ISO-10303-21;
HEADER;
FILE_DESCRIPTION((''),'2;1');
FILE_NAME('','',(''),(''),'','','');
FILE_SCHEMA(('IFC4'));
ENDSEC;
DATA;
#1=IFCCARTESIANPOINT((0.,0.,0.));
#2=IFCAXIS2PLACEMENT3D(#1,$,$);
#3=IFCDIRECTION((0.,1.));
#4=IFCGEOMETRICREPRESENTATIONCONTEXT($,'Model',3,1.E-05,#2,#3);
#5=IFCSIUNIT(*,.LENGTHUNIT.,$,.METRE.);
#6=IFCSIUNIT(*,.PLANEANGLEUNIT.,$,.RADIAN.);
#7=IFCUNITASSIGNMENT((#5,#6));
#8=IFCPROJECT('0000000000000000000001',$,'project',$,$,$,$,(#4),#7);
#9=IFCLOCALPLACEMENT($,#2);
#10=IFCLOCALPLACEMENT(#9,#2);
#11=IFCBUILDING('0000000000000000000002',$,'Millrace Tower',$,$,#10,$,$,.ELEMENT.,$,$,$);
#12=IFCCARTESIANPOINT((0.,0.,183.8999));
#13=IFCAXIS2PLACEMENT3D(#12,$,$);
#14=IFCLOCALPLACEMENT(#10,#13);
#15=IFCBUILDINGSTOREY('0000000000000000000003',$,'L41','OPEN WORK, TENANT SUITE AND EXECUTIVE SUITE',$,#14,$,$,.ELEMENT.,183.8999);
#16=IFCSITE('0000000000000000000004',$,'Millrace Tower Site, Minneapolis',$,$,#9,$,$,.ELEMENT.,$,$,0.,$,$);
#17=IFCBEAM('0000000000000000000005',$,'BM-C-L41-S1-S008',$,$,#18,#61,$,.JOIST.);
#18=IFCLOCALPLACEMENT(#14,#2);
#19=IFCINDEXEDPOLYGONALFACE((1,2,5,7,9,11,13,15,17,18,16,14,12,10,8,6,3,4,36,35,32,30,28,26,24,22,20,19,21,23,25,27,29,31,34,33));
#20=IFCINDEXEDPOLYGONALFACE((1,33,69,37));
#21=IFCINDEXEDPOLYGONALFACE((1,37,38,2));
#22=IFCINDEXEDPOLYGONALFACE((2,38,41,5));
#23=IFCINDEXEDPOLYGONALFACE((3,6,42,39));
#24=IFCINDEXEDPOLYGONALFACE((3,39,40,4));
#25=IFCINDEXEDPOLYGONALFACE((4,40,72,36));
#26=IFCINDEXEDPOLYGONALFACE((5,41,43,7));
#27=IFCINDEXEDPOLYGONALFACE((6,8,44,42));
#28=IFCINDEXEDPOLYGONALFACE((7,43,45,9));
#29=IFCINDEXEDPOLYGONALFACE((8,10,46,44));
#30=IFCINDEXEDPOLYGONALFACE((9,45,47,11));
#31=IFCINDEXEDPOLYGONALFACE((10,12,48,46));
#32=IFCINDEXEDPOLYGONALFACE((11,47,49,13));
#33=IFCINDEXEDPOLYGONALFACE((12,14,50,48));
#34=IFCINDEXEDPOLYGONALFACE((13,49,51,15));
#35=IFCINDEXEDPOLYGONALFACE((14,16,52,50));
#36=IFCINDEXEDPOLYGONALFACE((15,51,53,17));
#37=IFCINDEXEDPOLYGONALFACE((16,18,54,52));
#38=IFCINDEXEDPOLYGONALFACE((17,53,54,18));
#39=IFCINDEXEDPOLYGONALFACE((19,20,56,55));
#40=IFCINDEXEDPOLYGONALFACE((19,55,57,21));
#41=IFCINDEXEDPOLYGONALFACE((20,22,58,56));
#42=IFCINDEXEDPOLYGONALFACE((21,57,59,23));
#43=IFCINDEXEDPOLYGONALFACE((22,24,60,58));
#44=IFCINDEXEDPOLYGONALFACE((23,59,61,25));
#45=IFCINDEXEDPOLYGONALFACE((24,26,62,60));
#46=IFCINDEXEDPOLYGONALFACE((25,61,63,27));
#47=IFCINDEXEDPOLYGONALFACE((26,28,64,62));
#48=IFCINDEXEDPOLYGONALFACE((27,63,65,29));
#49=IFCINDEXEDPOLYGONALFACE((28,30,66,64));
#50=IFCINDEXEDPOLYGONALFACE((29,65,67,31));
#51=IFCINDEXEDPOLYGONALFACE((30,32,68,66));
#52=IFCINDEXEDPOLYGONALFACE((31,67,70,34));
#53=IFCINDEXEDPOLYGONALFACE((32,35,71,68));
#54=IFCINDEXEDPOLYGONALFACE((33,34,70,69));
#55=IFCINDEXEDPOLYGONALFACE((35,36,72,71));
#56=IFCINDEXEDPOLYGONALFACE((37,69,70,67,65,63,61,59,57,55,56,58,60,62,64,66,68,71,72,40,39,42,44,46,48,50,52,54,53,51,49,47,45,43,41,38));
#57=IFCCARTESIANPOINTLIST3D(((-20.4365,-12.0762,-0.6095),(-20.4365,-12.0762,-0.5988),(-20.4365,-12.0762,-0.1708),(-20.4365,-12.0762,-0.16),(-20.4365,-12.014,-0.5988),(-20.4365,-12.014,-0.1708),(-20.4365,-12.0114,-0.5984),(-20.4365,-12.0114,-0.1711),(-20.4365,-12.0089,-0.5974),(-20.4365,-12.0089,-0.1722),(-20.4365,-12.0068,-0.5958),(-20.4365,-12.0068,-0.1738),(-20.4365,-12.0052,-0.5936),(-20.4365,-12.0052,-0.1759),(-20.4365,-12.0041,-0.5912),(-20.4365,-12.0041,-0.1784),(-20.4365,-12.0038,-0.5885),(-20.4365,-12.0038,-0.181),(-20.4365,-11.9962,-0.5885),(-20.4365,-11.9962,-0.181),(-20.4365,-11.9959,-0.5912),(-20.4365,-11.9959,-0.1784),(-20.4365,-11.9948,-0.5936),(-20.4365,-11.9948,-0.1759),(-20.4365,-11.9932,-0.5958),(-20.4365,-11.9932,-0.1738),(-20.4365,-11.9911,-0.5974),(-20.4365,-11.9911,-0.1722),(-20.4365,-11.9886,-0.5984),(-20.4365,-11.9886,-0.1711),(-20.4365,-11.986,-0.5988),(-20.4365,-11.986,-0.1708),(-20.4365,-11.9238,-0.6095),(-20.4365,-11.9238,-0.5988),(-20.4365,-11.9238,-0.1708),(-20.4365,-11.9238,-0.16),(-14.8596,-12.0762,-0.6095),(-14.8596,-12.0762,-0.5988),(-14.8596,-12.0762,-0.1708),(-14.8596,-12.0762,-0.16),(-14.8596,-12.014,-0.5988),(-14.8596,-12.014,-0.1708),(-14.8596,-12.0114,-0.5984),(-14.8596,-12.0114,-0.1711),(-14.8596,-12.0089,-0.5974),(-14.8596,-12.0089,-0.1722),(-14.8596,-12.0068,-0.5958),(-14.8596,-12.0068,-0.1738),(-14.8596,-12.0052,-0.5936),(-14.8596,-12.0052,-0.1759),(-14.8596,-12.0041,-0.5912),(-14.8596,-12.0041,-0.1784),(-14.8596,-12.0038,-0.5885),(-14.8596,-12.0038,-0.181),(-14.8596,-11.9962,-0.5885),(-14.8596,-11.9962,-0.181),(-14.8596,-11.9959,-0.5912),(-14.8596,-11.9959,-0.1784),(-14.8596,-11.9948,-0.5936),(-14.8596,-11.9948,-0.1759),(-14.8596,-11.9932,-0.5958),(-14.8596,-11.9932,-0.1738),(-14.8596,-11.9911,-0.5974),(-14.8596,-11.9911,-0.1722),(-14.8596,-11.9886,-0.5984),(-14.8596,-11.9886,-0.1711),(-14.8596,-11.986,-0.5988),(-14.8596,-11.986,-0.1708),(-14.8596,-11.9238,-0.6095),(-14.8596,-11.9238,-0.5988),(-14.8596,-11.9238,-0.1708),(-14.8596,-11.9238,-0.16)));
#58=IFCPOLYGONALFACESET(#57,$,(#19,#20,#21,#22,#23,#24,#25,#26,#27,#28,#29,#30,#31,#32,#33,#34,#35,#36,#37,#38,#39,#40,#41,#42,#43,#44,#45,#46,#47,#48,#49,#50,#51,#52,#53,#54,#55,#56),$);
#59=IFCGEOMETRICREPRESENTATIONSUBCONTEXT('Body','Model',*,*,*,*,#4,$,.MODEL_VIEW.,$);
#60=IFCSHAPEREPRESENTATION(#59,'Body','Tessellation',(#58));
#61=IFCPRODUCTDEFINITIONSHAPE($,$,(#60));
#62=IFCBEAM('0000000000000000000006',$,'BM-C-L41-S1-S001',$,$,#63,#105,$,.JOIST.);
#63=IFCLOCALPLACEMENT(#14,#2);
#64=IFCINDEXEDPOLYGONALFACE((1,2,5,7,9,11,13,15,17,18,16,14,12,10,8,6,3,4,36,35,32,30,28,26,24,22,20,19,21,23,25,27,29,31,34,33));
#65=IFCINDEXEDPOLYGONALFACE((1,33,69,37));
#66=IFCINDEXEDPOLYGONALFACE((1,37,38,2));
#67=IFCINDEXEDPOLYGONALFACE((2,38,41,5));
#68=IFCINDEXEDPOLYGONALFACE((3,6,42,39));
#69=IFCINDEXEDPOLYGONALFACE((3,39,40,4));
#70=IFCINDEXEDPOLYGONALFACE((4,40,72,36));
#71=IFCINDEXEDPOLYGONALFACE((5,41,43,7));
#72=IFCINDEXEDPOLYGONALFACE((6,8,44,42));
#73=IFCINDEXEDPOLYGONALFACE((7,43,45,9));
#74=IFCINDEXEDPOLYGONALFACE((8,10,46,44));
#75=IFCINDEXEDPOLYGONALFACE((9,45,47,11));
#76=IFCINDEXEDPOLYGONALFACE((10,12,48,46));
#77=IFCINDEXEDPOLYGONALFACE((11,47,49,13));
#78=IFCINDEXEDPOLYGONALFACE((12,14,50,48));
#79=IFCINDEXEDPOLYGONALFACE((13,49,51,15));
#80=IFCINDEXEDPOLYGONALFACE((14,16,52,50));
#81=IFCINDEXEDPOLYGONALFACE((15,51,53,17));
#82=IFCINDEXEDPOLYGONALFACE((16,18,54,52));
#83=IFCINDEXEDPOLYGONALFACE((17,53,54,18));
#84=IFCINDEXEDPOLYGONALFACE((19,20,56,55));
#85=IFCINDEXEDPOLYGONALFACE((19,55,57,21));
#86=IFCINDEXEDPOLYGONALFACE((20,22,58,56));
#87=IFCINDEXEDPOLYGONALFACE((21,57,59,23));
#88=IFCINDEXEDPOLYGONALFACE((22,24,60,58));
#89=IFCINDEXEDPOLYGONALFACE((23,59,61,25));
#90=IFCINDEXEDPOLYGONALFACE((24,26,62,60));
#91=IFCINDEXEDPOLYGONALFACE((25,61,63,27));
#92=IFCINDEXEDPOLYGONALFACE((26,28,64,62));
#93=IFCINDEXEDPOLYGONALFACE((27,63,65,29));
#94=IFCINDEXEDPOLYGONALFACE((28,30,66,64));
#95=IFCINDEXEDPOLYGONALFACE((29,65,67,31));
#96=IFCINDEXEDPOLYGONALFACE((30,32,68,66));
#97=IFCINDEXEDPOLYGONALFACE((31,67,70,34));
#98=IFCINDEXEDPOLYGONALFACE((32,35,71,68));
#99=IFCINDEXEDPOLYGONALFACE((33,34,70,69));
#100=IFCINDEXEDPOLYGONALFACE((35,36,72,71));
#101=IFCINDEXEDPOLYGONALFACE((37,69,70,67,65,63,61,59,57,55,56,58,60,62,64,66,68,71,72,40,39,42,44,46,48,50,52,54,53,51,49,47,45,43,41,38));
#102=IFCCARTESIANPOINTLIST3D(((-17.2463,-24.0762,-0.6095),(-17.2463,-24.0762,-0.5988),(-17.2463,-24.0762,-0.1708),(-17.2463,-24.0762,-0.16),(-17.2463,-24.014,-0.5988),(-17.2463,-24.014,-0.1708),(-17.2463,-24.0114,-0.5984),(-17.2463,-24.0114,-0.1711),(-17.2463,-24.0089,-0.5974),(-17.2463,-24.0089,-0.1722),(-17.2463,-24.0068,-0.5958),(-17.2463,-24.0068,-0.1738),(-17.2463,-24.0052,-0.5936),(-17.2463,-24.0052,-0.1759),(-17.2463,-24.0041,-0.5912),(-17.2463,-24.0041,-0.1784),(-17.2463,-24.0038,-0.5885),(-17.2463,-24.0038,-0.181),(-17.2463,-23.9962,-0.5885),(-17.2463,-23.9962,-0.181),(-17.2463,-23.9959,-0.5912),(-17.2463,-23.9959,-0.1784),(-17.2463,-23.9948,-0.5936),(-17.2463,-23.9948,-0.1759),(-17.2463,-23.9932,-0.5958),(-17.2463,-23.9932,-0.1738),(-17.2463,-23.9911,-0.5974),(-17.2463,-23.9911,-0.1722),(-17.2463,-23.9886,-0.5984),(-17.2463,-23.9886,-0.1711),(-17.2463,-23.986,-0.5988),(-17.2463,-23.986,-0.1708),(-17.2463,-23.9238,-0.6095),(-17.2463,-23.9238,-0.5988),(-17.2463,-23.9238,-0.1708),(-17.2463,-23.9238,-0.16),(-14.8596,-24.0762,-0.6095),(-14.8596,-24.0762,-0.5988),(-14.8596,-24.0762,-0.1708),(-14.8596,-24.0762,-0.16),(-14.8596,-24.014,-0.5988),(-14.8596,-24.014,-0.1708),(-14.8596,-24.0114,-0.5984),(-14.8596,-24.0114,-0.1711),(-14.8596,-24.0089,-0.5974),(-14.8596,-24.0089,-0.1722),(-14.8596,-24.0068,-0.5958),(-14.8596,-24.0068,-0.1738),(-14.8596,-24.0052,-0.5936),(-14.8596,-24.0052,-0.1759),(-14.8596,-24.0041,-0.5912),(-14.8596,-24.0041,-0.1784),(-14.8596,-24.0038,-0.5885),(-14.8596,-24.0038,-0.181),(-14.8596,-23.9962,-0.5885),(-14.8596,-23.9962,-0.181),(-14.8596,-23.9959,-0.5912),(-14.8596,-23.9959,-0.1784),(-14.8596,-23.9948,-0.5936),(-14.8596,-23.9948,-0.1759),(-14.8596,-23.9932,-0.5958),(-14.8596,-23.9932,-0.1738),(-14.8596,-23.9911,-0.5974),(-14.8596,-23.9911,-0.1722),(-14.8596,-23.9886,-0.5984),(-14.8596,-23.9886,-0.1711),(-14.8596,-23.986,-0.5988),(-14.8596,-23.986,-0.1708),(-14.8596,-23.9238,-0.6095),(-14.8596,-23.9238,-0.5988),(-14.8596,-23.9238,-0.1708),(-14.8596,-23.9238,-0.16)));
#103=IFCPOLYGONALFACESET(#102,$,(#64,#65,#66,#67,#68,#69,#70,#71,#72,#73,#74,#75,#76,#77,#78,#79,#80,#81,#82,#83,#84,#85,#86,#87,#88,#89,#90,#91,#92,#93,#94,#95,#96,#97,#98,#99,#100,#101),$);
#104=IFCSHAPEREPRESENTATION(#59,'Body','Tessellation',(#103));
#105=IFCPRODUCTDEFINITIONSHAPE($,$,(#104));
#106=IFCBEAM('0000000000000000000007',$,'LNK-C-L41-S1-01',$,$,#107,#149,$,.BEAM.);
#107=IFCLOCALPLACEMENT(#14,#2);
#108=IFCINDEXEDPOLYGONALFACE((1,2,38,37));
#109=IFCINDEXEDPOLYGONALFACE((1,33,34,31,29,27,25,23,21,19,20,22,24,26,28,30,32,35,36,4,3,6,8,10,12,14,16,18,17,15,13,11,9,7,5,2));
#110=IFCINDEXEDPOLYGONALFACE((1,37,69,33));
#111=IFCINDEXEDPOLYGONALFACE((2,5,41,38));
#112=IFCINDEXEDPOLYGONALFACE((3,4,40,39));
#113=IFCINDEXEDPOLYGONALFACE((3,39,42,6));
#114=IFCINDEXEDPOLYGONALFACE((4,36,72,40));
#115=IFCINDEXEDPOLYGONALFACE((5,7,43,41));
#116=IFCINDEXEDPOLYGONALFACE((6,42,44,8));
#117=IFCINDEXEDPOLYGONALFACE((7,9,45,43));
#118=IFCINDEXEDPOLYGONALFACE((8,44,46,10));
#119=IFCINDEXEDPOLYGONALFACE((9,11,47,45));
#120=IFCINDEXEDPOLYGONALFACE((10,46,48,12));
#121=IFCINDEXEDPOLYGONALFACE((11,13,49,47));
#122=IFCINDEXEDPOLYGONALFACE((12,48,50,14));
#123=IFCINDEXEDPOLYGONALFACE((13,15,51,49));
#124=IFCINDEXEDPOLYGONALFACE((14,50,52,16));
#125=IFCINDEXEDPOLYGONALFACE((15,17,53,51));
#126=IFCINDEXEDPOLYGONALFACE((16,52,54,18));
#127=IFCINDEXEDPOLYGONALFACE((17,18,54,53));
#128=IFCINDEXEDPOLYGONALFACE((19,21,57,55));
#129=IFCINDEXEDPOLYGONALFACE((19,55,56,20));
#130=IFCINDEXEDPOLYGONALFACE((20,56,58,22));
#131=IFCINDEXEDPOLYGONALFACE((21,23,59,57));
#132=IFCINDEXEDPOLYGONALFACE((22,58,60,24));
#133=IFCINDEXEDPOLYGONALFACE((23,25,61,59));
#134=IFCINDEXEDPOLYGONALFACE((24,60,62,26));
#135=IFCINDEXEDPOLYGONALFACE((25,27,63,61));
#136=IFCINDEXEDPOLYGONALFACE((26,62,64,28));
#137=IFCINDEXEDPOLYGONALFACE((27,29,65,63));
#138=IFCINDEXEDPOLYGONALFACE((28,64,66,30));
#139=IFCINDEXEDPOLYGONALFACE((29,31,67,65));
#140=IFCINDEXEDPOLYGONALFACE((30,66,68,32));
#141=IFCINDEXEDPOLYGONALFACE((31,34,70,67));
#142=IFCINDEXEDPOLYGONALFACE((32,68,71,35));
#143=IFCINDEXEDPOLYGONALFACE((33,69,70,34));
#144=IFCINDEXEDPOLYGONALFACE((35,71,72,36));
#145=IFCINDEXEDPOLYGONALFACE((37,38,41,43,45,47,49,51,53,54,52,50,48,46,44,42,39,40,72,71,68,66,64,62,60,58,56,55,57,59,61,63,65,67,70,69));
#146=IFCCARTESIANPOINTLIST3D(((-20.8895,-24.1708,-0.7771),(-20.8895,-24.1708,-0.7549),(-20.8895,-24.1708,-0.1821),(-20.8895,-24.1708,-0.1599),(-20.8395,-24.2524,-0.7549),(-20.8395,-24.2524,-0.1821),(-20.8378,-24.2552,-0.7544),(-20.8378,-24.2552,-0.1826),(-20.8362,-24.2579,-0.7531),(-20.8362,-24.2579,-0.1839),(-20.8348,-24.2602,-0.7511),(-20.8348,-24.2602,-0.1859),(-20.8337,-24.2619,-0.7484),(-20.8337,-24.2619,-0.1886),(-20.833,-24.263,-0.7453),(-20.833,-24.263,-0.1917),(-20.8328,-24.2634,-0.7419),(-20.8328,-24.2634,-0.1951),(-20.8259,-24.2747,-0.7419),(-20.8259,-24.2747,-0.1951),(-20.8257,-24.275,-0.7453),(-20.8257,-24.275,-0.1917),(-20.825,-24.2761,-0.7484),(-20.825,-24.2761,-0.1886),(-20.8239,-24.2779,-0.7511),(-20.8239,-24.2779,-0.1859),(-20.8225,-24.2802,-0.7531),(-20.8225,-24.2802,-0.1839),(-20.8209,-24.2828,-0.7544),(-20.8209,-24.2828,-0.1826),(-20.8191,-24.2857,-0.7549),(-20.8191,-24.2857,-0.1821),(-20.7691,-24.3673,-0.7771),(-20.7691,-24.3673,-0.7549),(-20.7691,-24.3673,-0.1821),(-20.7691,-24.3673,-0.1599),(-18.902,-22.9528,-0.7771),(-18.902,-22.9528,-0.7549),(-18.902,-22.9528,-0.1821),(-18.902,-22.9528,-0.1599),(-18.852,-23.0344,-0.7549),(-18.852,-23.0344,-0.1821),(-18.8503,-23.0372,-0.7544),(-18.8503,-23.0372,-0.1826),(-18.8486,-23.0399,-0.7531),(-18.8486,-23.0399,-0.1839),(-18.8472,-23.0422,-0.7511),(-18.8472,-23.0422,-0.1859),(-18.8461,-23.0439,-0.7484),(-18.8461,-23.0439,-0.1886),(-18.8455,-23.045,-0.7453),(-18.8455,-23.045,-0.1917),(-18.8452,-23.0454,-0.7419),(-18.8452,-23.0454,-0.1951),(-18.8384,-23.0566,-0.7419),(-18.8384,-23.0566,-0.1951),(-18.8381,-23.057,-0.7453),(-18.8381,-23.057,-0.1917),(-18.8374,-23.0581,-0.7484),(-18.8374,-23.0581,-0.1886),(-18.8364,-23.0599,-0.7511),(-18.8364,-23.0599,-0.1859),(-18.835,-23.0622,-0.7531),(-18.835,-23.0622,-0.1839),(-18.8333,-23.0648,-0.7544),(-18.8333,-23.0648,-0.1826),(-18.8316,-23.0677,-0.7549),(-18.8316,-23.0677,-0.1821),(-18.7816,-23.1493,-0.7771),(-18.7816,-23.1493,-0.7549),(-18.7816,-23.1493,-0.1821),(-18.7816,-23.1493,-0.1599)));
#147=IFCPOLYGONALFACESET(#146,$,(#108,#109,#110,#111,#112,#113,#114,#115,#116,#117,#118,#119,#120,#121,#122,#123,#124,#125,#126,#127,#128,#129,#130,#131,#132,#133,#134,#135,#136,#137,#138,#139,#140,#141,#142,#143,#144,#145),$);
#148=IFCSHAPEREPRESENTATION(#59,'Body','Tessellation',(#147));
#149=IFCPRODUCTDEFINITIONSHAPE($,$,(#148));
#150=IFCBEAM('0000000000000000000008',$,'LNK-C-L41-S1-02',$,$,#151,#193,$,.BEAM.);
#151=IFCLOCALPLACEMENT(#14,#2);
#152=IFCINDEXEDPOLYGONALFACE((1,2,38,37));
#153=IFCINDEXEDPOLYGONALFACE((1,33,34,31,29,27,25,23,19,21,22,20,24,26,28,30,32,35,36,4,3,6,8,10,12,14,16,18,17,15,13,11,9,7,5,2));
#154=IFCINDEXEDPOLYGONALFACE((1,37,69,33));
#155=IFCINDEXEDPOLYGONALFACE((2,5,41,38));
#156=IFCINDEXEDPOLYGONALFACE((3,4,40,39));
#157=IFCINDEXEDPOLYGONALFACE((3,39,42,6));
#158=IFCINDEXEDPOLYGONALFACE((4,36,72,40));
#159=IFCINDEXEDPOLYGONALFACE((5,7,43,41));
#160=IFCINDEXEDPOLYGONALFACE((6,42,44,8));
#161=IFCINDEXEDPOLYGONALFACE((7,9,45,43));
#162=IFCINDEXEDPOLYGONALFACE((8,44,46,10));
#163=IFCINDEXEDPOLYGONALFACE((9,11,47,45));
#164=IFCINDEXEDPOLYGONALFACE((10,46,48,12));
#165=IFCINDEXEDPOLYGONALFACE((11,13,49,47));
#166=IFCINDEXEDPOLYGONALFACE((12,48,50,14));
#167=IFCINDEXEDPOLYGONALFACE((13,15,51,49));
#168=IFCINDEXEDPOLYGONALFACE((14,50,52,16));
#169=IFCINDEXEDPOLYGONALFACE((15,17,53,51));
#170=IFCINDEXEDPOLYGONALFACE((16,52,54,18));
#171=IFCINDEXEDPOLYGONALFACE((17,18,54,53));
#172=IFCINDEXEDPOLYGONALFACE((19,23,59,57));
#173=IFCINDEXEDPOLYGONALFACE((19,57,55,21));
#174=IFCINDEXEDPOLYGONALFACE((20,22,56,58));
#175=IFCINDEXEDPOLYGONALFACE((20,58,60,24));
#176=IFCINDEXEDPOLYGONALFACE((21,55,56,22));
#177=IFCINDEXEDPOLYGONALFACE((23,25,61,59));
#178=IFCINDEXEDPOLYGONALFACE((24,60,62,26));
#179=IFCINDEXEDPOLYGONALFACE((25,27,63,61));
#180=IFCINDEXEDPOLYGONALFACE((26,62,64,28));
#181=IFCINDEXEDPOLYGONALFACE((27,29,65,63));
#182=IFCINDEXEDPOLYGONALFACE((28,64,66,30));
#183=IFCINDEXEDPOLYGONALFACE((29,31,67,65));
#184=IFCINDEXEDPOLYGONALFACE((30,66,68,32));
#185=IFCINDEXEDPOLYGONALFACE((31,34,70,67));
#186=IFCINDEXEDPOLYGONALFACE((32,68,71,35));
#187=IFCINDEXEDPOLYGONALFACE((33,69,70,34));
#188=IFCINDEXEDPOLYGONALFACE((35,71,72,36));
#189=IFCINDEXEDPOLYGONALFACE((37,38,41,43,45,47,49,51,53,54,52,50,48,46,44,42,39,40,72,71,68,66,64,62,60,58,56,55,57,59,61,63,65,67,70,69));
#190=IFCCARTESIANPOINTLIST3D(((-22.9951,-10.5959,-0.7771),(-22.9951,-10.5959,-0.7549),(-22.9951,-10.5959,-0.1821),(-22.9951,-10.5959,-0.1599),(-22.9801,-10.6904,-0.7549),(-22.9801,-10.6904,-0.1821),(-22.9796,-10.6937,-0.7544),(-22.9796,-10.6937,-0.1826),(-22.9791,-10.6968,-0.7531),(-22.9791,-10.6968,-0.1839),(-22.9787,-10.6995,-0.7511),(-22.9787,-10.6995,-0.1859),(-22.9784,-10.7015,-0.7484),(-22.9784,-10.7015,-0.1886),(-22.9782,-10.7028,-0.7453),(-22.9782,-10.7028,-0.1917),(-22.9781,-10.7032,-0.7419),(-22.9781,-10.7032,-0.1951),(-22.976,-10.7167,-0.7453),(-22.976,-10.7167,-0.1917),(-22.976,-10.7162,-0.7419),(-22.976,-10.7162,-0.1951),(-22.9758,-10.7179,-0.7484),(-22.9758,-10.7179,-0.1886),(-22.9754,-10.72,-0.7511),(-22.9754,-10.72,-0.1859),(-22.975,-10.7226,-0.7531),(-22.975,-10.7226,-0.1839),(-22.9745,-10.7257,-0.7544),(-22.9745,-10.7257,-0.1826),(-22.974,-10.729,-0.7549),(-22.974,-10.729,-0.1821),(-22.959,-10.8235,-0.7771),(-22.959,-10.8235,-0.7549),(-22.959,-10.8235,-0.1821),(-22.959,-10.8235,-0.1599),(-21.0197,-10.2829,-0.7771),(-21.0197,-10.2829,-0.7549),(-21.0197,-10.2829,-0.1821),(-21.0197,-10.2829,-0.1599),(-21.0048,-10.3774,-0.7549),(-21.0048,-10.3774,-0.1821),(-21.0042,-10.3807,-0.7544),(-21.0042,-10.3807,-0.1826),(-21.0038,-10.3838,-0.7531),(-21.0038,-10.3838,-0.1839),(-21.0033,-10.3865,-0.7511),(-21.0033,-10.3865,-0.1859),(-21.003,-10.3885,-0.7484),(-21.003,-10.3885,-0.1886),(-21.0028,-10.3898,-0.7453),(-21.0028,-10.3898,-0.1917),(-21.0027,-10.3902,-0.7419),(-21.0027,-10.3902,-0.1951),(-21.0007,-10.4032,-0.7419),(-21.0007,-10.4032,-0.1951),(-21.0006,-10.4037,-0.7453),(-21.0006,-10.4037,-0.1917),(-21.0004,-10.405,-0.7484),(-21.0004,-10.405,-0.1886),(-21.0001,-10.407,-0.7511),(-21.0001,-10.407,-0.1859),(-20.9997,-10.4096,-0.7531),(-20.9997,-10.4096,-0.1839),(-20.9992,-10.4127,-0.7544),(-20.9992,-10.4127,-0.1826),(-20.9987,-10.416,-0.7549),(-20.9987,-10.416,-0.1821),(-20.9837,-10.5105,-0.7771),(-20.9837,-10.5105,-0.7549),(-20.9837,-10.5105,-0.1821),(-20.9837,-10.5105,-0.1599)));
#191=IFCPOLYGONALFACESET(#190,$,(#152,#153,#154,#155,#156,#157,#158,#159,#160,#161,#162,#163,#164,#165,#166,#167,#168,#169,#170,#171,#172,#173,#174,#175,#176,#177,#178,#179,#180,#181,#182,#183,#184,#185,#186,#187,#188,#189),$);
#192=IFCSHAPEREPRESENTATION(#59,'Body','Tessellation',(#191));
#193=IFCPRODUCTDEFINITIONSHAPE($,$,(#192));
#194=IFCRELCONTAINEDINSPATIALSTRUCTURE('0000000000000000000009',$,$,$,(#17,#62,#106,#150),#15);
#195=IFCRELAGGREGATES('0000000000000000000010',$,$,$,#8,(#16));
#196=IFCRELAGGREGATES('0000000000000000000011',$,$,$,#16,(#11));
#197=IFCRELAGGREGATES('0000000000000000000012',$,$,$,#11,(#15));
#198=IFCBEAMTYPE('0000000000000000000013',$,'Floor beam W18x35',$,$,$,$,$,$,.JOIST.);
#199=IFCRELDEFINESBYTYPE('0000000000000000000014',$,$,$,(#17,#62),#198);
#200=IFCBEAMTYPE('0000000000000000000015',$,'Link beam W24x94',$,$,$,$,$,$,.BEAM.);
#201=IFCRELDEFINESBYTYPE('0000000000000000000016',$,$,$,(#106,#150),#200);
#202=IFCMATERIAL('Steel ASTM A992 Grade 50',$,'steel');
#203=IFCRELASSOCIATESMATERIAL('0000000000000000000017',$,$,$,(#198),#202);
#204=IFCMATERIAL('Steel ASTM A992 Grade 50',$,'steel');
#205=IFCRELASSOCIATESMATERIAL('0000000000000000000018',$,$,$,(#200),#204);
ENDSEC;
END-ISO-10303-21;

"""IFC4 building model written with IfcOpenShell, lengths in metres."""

from ifc_helpers import new_model, si_unit, direction, frame, origin, origin_2d, place, context, subcontext, project, spatial, i_section, extrude, material, material_profile, profile_set, type_object, element, save


model = new_model("IFC4")

# Units and contexts
model_context = context("Model", 3, precision=1e-05, world=origin(), true_north=direction((0.0, 1.0)))
body_context = subcontext(model_context, "Body", "Model", "MODEL_VIEW")
ifc_project = project(units=[si_unit("LENGTHUNIT", "METRE"), si_unit("PLANEANGLEUNIT", "RADIAN")], contexts=[model_context])

# Site, building, storey
site_placement = place(None, origin())
site = spatial("IfcSite", under=ifc_project, at=site_placement, Name="Millrace Tower Site, Minneapolis", CompositionType="ELEMENT", RefElevation=0.0)
building_placement = place(site_placement, origin())
building = spatial("IfcBuilding", under=site, at=building_placement, Name="Millrace Tower", CompositionType="ELEMENT")
storey_placement = place(building_placement, frame((0.0, 0.0, 183.8999)))
storey = spatial("IfcBuildingStorey", under=building, at=storey_placement, Name="L41", Description="OPEN WORK, TENANT SUITE AND EXECUTIVE SUITE", CompositionType="ELEMENT", Elevation=183.8999)

# Beams
ifc_material_1 = material(Name="Steel ASTM A992 Grade 50", Category="steel")
ifc_material_profile_1 = material_profile(ifc_material_1, i_section(OverallWidth=0.1523, OverallDepth=0.4495, WebThickness=0.0076, FlangeThickness=0.0107, FilletRadius=0.0103, at=origin_2d()))
ifc_profile_set_1 = profile_set([ifc_material_profile_1], Name="Steel ASTM A992 Grade 50")
beam_type_1 = type_object("IfcBeamType", Name="Floor beam W18x35", PredefinedType="JOIST", material=ifc_profile_set_1)
beam_1_placement = place(storey_placement, frame((-20.4365, -12.0, -0.3848), z_axis=(1.0, 0.0, 0.0), x_axis=(0.0, 1.0, 0.0)))
element("IfcBeam", 1, at=beam_1_placement, inside=storey, type_object=beam_type_1, Name="BM-C-L41-S1-S008", PredefinedType="JOIST", context=body_context, shape_type="SweptSolid", body=[
    extrude(i_section(OverallWidth=0.1523, OverallDepth=0.4495, WebThickness=0.0076, FlangeThickness=0.0107, FilletRadius=0.0103, at=origin_2d()), origin(), (0.0, 0.0, 1.0), 5.5769),
])
beam_2_placement = place(storey_placement, frame((-17.2463, -24.0, -0.3848), z_axis=(1.0, 0.0, 0.0), x_axis=(0.0, 1.0, 0.0)))
element("IfcBeam", 2, at=beam_2_placement, inside=storey, type_object=beam_type_1, Name="BM-C-L41-S1-S001", PredefinedType="JOIST", context=body_context, shape_type="SweptSolid", body=[
    extrude(i_section(OverallWidth=0.1523, OverallDepth=0.4495, WebThickness=0.0076, FlangeThickness=0.0107, FilletRadius=0.0103, at=origin_2d()), origin(), (0.0, 0.0, 1.0), 2.3867),
])
ifc_material_2 = material(Name="Steel ASTM A992 Grade 50", Category="steel")
ifc_material_profile_2 = material_profile(ifc_material_2, i_section(OverallWidth=0.2305, OverallDepth=0.6172, WebThickness=0.0132, FlangeThickness=0.0222, FilletRadius=0.0129, at=origin_2d()))
ifc_profile_set_2 = profile_set([ifc_material_profile_2], Name="Steel ASTM A992 Grade 50")
beam_type_2 = type_object("IfcBeamType", Name="Link beam W24x94", PredefinedType="BEAM", material=ifc_profile_set_2)
beam_3_placement = place(storey_placement, frame((-18.8418, -23.051, -0.4685), z_axis=(-0.852631, -0.522513, 0.0), x_axis=(0.522513, -0.852631, 0.0)))
element("IfcBeam", 3, at=beam_3_placement, inside=storey, type_object=beam_type_2, Name="LNK-C-L41-S1-01", PredefinedType="BEAM", context=body_context, shape_type="SweptSolid", body=[
    extrude(i_section(OverallWidth=0.2305, OverallDepth=0.6172, WebThickness=0.0132, FlangeThickness=0.0222, FilletRadius=0.0129, at=origin_2d()), origin(), (0.0, 0.0, 1.0), 2.3311),
])
beam_4_placement = place(storey_placement, frame((-21.0017, -10.3967, -0.4685), z_axis=(-0.987679, -0.156495, 0.0), x_axis=(0.156495, -0.987679, 0.0)))
element("IfcBeam", 4, at=beam_4_placement, inside=storey, type_object=beam_type_2, Name="LNK-C-L41-S1-02", PredefinedType="BEAM", context=body_context, shape_type="SweptSolid", body=[
    extrude(i_section(OverallWidth=0.2305, OverallDepth=0.6172, WebThickness=0.0132, FlangeThickness=0.0222, FilletRadius=0.0129, at=origin_2d()), origin(), (0.0, 0.0, 1.0), 2.0),
])

save(model, "model.ifc")
